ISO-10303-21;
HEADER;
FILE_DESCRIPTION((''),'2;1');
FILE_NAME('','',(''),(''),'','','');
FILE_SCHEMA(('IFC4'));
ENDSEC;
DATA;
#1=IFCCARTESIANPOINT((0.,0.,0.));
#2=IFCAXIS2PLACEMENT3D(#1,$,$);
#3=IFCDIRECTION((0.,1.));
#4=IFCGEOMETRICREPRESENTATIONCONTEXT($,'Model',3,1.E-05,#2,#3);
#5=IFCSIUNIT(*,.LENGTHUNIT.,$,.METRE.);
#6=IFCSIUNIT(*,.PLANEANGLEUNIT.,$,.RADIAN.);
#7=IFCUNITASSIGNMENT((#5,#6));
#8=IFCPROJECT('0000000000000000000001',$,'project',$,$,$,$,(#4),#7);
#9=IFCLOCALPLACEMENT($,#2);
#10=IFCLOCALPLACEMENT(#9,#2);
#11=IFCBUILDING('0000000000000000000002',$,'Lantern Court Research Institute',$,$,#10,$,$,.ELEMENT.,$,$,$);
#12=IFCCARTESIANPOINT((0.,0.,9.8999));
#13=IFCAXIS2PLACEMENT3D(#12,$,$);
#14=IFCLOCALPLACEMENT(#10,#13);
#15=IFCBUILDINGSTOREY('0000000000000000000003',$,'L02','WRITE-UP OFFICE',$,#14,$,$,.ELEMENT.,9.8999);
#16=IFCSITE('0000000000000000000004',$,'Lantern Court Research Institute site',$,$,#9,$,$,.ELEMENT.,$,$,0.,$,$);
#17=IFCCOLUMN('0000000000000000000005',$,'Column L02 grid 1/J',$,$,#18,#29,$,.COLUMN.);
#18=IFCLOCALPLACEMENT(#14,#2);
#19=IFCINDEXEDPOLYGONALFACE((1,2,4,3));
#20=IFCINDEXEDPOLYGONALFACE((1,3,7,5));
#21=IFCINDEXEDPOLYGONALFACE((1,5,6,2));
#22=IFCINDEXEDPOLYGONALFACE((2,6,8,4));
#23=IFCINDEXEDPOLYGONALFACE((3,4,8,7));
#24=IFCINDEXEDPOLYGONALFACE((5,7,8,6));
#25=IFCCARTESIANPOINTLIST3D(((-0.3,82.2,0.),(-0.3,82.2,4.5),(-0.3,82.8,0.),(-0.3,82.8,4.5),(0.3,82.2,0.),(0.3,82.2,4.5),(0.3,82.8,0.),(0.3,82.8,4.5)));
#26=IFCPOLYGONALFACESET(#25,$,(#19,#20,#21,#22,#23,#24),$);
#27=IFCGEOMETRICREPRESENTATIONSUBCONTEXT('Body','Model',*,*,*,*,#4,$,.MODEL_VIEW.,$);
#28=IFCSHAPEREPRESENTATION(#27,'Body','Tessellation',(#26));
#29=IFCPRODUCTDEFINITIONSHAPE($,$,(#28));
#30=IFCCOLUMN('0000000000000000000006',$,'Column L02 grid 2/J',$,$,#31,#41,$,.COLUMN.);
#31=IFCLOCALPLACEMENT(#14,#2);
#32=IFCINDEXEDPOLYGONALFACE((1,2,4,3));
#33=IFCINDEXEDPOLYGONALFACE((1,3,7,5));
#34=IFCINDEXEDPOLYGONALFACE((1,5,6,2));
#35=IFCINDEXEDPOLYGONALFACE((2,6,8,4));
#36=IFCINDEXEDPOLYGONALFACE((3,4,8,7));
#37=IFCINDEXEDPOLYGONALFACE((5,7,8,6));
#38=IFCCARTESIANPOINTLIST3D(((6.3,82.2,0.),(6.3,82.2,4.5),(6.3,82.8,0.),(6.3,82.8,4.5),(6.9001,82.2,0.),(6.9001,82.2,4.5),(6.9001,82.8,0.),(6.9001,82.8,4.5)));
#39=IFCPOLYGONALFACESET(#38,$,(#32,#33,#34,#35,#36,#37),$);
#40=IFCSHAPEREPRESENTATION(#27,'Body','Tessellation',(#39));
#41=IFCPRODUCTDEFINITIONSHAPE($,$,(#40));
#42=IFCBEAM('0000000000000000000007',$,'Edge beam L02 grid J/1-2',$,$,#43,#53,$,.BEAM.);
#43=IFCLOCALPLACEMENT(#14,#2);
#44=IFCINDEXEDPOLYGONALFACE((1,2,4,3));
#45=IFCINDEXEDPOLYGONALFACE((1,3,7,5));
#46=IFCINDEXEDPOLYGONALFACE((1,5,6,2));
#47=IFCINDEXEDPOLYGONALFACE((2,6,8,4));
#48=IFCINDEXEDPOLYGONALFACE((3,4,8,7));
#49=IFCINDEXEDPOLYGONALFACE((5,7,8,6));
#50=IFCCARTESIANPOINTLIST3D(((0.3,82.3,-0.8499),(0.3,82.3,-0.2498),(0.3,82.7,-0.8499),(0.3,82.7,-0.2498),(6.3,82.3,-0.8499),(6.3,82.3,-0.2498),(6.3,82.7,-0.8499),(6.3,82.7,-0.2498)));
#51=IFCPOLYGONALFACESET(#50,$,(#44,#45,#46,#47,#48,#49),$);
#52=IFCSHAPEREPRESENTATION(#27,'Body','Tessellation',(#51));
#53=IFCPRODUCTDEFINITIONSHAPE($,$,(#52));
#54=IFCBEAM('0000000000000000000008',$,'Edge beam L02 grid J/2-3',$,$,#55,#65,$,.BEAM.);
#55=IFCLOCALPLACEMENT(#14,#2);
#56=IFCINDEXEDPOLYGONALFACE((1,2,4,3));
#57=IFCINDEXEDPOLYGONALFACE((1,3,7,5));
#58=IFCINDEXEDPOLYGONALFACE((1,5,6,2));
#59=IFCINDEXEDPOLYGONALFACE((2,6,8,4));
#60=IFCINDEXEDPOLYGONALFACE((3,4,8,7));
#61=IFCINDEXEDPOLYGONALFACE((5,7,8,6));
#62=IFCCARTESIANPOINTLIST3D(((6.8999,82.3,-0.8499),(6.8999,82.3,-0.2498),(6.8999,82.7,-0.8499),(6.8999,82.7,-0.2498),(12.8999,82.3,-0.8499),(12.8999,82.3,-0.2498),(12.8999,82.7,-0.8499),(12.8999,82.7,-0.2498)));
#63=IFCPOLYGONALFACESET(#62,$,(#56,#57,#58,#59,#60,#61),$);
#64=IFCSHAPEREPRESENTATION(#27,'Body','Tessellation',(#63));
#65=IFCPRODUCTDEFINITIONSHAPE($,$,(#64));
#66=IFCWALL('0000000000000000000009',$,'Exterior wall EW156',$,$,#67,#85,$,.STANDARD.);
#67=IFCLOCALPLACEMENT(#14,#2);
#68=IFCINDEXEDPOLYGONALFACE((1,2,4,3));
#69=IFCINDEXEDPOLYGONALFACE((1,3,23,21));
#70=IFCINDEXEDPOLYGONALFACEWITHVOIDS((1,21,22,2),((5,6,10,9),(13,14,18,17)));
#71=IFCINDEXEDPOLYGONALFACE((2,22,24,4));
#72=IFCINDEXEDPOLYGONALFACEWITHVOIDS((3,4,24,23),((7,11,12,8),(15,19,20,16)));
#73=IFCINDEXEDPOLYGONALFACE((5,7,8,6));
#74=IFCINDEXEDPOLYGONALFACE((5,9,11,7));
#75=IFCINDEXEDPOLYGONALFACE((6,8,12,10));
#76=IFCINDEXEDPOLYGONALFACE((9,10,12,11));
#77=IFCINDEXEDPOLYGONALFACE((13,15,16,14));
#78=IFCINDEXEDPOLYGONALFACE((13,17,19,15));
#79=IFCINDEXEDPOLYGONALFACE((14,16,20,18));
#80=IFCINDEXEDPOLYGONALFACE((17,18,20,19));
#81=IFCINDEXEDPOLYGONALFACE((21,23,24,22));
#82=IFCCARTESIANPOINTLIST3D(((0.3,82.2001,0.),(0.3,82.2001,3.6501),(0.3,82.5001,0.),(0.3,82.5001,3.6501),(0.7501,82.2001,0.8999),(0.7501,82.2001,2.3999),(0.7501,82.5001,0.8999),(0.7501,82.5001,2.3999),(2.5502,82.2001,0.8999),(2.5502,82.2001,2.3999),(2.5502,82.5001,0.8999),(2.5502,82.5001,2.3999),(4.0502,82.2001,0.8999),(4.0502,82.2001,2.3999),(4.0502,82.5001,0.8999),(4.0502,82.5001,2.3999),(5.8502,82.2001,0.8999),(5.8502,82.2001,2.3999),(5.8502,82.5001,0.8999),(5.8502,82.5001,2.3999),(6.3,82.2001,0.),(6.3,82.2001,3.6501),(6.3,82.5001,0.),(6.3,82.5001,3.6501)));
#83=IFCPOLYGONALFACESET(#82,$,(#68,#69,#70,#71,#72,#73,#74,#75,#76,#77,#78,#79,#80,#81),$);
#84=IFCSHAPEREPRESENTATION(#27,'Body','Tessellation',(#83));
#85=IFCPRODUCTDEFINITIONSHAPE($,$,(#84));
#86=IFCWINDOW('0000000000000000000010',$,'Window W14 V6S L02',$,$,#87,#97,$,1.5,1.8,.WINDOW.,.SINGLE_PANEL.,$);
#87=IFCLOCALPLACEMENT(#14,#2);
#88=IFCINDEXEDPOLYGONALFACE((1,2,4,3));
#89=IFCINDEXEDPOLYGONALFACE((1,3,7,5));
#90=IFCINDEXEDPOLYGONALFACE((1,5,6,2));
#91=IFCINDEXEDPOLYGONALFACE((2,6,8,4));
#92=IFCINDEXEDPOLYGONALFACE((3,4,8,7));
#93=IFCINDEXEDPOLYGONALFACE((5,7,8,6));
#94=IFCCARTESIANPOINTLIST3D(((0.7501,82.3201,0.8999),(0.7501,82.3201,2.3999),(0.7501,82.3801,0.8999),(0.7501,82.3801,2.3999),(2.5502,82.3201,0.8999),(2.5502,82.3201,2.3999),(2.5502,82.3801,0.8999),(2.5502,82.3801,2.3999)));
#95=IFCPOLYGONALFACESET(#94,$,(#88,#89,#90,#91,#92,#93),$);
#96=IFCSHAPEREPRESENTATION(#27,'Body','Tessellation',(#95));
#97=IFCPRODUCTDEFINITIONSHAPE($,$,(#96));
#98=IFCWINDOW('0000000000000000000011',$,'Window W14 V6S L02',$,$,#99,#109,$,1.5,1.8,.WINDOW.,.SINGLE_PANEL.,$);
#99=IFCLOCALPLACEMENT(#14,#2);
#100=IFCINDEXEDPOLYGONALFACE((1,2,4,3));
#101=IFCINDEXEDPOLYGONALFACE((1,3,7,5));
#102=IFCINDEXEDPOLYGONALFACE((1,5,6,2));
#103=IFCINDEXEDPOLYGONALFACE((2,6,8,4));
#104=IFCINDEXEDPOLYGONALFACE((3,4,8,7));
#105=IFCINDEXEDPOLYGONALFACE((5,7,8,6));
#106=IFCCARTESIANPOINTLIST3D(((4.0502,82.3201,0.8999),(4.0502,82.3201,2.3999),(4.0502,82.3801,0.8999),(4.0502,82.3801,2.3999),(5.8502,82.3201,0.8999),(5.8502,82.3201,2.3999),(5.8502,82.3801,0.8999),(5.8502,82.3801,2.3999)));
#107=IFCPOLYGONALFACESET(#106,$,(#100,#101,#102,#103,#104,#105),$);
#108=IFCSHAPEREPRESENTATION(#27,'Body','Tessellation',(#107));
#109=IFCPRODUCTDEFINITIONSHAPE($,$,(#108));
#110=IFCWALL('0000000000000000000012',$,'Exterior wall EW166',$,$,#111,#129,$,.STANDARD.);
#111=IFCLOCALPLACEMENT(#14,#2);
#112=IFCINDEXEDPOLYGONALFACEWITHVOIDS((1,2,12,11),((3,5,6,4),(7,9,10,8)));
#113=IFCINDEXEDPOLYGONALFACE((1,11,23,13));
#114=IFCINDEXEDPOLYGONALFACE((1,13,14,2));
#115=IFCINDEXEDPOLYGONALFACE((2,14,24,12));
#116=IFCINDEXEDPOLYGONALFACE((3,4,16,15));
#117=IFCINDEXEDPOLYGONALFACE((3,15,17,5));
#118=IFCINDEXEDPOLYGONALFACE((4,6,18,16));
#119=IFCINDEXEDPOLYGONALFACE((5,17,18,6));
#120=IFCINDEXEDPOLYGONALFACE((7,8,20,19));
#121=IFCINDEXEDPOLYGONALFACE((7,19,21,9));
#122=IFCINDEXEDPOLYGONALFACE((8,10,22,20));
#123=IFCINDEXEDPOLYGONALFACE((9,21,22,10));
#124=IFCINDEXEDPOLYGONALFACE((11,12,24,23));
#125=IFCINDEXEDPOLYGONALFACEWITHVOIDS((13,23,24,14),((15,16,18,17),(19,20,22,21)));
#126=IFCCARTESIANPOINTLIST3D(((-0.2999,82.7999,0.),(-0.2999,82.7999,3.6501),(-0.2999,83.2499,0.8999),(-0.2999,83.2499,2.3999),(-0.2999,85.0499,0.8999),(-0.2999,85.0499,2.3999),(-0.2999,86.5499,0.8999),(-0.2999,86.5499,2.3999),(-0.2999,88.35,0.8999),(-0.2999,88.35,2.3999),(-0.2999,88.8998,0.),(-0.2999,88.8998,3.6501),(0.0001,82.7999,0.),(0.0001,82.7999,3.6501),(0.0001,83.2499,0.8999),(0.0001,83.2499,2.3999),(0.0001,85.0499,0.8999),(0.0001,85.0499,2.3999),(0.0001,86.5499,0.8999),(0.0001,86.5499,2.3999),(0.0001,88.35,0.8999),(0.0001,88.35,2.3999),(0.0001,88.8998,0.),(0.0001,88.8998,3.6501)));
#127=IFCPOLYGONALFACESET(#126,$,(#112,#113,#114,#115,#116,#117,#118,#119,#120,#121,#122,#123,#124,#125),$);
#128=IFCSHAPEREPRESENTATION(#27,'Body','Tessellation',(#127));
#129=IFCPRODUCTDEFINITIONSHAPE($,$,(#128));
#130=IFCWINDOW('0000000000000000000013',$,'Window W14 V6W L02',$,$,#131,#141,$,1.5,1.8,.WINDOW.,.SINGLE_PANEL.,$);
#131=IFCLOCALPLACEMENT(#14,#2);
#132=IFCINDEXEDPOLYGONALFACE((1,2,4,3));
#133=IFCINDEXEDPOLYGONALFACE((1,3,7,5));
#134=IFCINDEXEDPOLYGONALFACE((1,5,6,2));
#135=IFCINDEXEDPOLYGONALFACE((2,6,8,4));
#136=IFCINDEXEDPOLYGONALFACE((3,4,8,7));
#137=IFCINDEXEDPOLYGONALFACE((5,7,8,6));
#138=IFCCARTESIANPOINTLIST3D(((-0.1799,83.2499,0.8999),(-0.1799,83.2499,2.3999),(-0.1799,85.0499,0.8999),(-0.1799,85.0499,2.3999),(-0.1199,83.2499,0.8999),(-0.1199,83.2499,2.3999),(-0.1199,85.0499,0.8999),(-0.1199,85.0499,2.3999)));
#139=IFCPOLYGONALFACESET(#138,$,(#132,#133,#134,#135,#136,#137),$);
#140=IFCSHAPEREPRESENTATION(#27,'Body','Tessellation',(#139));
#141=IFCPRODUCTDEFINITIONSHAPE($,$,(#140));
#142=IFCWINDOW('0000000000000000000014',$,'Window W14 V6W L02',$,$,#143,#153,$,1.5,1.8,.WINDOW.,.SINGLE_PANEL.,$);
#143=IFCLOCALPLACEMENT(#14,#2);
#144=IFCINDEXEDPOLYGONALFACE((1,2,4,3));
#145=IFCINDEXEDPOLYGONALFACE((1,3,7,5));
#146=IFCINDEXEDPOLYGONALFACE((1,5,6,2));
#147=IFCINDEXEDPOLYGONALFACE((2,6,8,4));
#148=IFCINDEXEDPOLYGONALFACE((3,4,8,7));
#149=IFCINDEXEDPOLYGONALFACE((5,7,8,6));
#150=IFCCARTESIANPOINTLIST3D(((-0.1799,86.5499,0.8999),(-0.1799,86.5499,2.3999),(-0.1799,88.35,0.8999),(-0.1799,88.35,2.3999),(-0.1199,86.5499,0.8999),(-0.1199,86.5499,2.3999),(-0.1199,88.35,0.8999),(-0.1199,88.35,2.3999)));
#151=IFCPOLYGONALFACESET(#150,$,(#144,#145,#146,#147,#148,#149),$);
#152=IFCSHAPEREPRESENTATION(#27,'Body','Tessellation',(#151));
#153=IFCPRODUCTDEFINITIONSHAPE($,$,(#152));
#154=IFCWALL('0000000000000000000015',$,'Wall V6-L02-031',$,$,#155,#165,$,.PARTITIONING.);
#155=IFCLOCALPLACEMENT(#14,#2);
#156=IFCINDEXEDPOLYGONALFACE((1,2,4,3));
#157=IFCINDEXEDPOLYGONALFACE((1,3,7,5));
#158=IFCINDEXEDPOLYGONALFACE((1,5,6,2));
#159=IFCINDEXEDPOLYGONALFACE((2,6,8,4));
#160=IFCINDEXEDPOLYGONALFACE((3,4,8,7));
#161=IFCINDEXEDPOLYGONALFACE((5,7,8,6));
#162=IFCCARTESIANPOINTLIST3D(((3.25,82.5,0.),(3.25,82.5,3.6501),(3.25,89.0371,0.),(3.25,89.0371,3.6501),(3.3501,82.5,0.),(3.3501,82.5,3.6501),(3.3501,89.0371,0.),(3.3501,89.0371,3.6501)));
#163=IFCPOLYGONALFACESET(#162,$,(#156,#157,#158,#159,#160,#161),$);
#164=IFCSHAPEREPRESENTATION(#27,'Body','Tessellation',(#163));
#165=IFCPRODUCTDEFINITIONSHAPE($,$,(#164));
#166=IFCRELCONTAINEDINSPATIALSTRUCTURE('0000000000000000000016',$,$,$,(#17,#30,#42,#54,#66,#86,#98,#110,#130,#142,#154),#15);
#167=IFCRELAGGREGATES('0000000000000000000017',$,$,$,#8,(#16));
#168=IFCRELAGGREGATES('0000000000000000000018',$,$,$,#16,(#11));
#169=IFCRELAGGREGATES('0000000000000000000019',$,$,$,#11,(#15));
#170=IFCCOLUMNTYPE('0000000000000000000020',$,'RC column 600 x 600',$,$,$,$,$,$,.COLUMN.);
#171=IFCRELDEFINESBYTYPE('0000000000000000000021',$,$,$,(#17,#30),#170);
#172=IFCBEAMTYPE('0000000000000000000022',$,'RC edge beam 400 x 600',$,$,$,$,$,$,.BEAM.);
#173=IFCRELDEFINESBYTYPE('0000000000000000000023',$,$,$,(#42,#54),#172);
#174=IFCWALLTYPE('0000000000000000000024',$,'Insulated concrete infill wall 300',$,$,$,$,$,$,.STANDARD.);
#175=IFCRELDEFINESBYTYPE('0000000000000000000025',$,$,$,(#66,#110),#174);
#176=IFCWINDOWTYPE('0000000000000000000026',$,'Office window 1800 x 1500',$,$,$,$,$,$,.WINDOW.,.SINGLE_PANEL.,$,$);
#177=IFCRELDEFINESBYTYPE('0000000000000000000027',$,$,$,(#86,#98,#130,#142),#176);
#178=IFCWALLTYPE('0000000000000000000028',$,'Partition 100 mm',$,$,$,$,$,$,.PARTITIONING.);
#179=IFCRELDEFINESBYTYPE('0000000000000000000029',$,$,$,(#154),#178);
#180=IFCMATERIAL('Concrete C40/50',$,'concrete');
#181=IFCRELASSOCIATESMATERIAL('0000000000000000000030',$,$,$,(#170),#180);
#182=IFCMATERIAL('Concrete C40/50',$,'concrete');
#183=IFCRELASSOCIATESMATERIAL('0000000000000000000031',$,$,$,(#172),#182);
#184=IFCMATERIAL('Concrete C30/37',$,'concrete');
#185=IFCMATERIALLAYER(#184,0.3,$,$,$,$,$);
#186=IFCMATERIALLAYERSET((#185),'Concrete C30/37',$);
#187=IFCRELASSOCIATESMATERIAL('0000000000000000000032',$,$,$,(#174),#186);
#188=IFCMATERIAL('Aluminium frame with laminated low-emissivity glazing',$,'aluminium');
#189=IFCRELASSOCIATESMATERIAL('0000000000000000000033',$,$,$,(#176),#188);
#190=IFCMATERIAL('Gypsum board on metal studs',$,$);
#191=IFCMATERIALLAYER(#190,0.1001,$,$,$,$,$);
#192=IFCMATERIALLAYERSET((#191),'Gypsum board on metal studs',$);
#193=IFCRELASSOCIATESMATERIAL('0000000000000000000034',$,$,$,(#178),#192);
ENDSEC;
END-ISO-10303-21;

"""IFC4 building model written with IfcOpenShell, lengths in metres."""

from ifc_helpers import new_model, si_unit, direction, frame, frame_2d, origin, origin_2d, place, context, subcontext, project, spatial, rectangle, extrude, material, layer, layer_set, material_profile, profile_set, type_object, element, fill, save


model = new_model("IFC4")

# Units and contexts
model_context = context("Model", 3, precision=1e-05, world=origin(), true_north=direction((0.0, 1.0)))
body_context = subcontext(model_context, "Body", "Model", "MODEL_VIEW")
ifc_project = project(units=[si_unit("LENGTHUNIT", "METRE"), si_unit("PLANEANGLEUNIT", "RADIAN")], contexts=[model_context])

# Site, building, storey
site_placement = place(None, origin())
site = spatial("IfcSite", under=ifc_project, at=site_placement, Name="Lantern Court Research Institute site", CompositionType="ELEMENT", RefElevation=0.0)
building_placement = place(site_placement, origin())
building = spatial("IfcBuilding", under=site, at=building_placement, Name="Lantern Court Research Institute", CompositionType="ELEMENT")
storey_placement = place(building_placement, frame((0.0, 0.0, 9.8999)))
storey = spatial("IfcBuildingStorey", under=building, at=storey_placement, Name="L02", Description="WRITE-UP OFFICE", CompositionType="ELEMENT", Elevation=9.8999)

# Columns
ifc_material_1 = material(Name="Concrete C40/50", Category="concrete")
ifc_material_profile_1 = material_profile(ifc_material_1, rectangle(XDim=0.6001, YDim=0.6001, at=origin_2d()), Name="RC column 600 x 600")
ifc_profile_set_1 = profile_set([ifc_material_profile_1], Name="Concrete C40/50")
column_type = type_object("IfcColumnType", Name="RC column 600 x 600", PredefinedType="COLUMN", material=ifc_profile_set_1)
for number, where, z_axis, x_axis, name in (
    (1, (0.0, 82.5, 0.0), (0.0, 0.0, 1.0), (1.0, 0.0, 0.0), "Column L02 grid 1/J"),
    (2, (6.6001, 82.5, 0.0), (0.0, 0.0, 1.0), (1.0, 0.0, 0.0), "Column L02 grid 2/J"),
):
    element("IfcColumn", number, at=place(storey_placement, frame(where, z_axis=z_axis, x_axis=x_axis)), inside=storey, type_object=column_type, Name=name, PredefinedType="COLUMN", context=body_context, shape_type="SweptSolid", body=[
        extrude(rectangle(XDim=0.6001, YDim=0.6001, at=origin_2d()), origin(), (0.0, 0.0, 1.0), 4.5),
    ])

# Beams
ifc_material_2 = material(Name="Concrete C40/50", Category="concrete")
ifc_material_profile_2 = material_profile(ifc_material_2, rectangle(XDim=0.3999, YDim=0.6001, at=origin_2d()), Name="RC beam 400 x 600")
ifc_profile_set_2 = profile_set([ifc_material_profile_2], Name="Concrete C40/50")
beam_type = type_object("IfcBeamType", Name="RC edge beam 400 x 600", PredefinedType="BEAM", material=ifc_profile_set_2)
for number, where, z_axis, x_axis, name in (
    (3, (0.3, 82.5, -0.5498), (1.0, 0.0, 0.0), (0.0, 1.0, 0.0), "Edge beam L02 grid J/1-2"),
    (4, (6.8999, 82.5, -0.5498), (1.0, 0.0, 0.0), (0.0, 1.0, 0.0), "Edge beam L02 grid J/2-3"),
):
    element("IfcBeam", number, at=place(storey_placement, frame(where, z_axis=z_axis, x_axis=x_axis)), inside=storey, type_object=beam_type, Name=name, PredefinedType="BEAM", context=body_context, shape_type="SweptSolid", body=[
        extrude(rectangle(XDim=0.3999, YDim=0.6001, at=origin_2d()), origin(), (0.0, 0.0, 1.0), 6.0),
    ])

# Walls, openings, windows
ifc_material_3 = material(Name="Concrete C30/37", Category="concrete")
ifc_layer_1 = layer(ifc_material_3, 0.3)
ifc_layer_set_1 = layer_set([ifc_layer_1], Name="Concrete C30/37")
wall_type_1 = type_object("IfcWallType", Name="Insulated concrete infill wall 300", PredefinedType="STANDARD", material=ifc_layer_set_1)
wall_1_placement = place(storey_placement, frame((6.3, 82.3501, 0.0), z_axis=(0.0, 0.0, 1.0), x_axis=(-1.0, 0.0, 0.0)))
wall_1 = element("IfcWall", 5, at=wall_1_placement, inside=storey, type_object=wall_type_1, Name="Exterior wall EW156", PredefinedType="STANDARD", context=body_context, shape_type="SweptSolid", body=[
    extrude(rectangle(XDim=6.0, YDim=0.3, at=frame_2d((3.0, 0.0))), origin(), (0.0, 0.0, 1.0), 3.6501),
])
opening_1_placement = place(wall_1_placement, frame((3.75, 0.0, 0.8999)))
opening_1 = element("IfcOpeningElement", 6, at=opening_1_placement, cuts=wall_1, PredefinedType="OPENING", context=body_context, shape_type="SweptSolid", body=[
    extrude(rectangle(XDim=1.8, YDim=1.5, at=frame_2d((0.8999, 0.75))), frame((0.0, 0.1599, 0.0), z_axis=(0.0, -1.0, 0.0), x_axis=(1.0, 0.0, 0.0)), (0.0, 0.0, 1.0), 0.3201),
])
opening_2_placement = place(wall_1_placement, frame((0.45, 0.0, 0.8999)))
opening_2 = element("IfcOpeningElement", 7, at=opening_2_placement, cuts=wall_1, PredefinedType="OPENING", context=body_context, shape_type="SweptSolid", body=[
    extrude(rectangle(XDim=1.8, YDim=1.5, at=frame_2d((0.8999, 0.75))), frame((0.0, 0.1599, 0.0), z_axis=(0.0, -1.0, 0.0), x_axis=(1.0, 0.0, 0.0)), (0.0, 0.0, 1.0), 0.3201),
])
ifc_material_4 = material(Name="Aluminium frame with laminated low-emissivity glazing", Category="aluminium")
window_type = type_object("IfcWindowType", Name="Office window 1800 x 1500", PartitioningType="SINGLE_PANEL", PredefinedType="WINDOW", material=ifc_material_4)
window_1_placement = place(opening_1_placement, origin())
window_1 = element("IfcWindow", 8, at=window_1_placement, inside=storey, type_object=window_type, Name="Window W14 V6S L02", OverallHeight=1.5, OverallWidth=1.8, PartitioningType="SINGLE_PANEL", PredefinedType="WINDOW", context=body_context, shape_type="SweptSolid", body=[
    extrude(rectangle(XDim=1.8, YDim=1.5, at=frame_2d((0.8999, 0.75))), frame((0.0, 0.03, 0.0), z_axis=(0.0, -1.0, 0.0), x_axis=(1.0, 0.0, 0.0)), (0.0, 0.0, 1.0), 0.0601),
])
fill(opening_1, window_1)
window_2_placement = place(opening_2_placement, origin())
window_2 = element("IfcWindow", 9, at=window_2_placement, inside=storey, type_object=window_type, Name="Window W14 V6S L02", OverallHeight=1.5, OverallWidth=1.8, PartitioningType="SINGLE_PANEL", PredefinedType="WINDOW", context=body_context, shape_type="SweptSolid", body=[
    extrude(rectangle(XDim=1.8, YDim=1.5, at=frame_2d((0.8999, 0.75))), frame((0.0, 0.03, 0.0), z_axis=(0.0, -1.0, 0.0), x_axis=(1.0, 0.0, 0.0)), (0.0, 0.0, 1.0), 0.0601),
])
fill(opening_2, window_2)
wall_2_placement = place(storey_placement, frame((-0.1499, 82.8, 0.0), z_axis=(0.0, 0.0, 1.0), x_axis=(0.0, 1.0, 0.0)))
wall_2 = element("IfcWall", 10, at=wall_2_placement, inside=storey, type_object=wall_type_1, Name="Exterior wall EW166", PredefinedType="STANDARD", context=body_context, shape_type="SweptSolid", body=[
    extrude(rectangle(XDim=6.0999, YDim=0.3, at=frame_2d((3.0498, 0.0))), origin(), (0.0, 0.0, 1.0), 3.6501),
])
opening_3_placement = place(wall_2_placement, frame((0.45, 0.0, 0.8999)))
opening_3 = element("IfcOpeningElement", 11, at=opening_3_placement, cuts=wall_2, PredefinedType="OPENING", context=body_context, shape_type="SweptSolid", body=[
    extrude(rectangle(XDim=1.8, YDim=1.5, at=frame_2d((0.8999, 0.75))), frame((0.0, 0.1599, 0.0), z_axis=(0.0, -1.0, 0.0), x_axis=(1.0, 0.0, 0.0)), (0.0, 0.0, 1.0), 0.3201),
])
opening_4_placement = place(wall_2_placement, frame((3.75, 0.0, 0.8999)))
opening_4 = element("IfcOpeningElement", 12, at=opening_4_placement, cuts=wall_2, PredefinedType="OPENING", context=body_context, shape_type="SweptSolid", body=[
    extrude(rectangle(XDim=1.8, YDim=1.5, at=frame_2d((0.8999, 0.75))), frame((0.0, 0.1599, 0.0), z_axis=(0.0, -1.0, 0.0), x_axis=(1.0, 0.0, 0.0)), (0.0, 0.0, 1.0), 0.3201),
])
window_3_placement = place(opening_3_placement, origin())
window_3 = element("IfcWindow", 13, at=window_3_placement, inside=storey, type_object=window_type, Name="Window W14 V6W L02", OverallHeight=1.5, OverallWidth=1.8, PartitioningType="SINGLE_PANEL", PredefinedType="WINDOW", context=body_context, shape_type="SweptSolid", body=[
    extrude(rectangle(XDim=1.8, YDim=1.5, at=frame_2d((0.8999, 0.75))), frame((0.0, 0.03, 0.0), z_axis=(0.0, -1.0, 0.0), x_axis=(1.0, 0.0, 0.0)), (0.0, 0.0, 1.0), 0.0601),
])
fill(opening_3, window_3)
window_4_placement = place(opening_4_placement, origin())
window_4 = element("IfcWindow", 14, at=window_4_placement, inside=storey, type_object=window_type, Name="Window W14 V6W L02", OverallHeight=1.5, OverallWidth=1.8, PartitioningType="SINGLE_PANEL", PredefinedType="WINDOW", context=body_context, shape_type="SweptSolid", body=[
    extrude(rectangle(XDim=1.8, YDim=1.5, at=frame_2d((0.8999, 0.75))), frame((0.0, 0.03, 0.0), z_axis=(0.0, -1.0, 0.0), x_axis=(1.0, 0.0, 0.0)), (0.0, 0.0, 1.0), 0.0601),
])
fill(opening_4, window_4)

# Wall
ifc_material_5 = material(Name="Gypsum board on metal studs")
ifc_layer_2 = layer(ifc_material_5, 0.1001)
ifc_layer_set_2 = layer_set([ifc_layer_2], Name="Gypsum board on metal studs")
wall_type_2 = type_object("IfcWallType", Name="Partition 100 mm", PredefinedType="PARTITIONING", material=ifc_layer_set_2)
wall_3_placement = place(storey_placement, frame((3.3, 82.5, 0.0), z_axis=(0.0, 0.0, 1.0), x_axis=(0.0, 1.0, 0.0)))
element("IfcWall", 15, at=wall_3_placement, inside=storey, type_object=wall_type_2, Name="Wall V6-L02-031", PredefinedType="PARTITIONING", context=body_context, shape_type="SweptSolid", body=[
    extrude(rectangle(XDim=6.5371, YDim=0.1001, at=frame_2d((3.2686, 0.0))), origin(), (0.0, 0.0, 1.0), 3.6501),
])

save(model, "model.ifc")
